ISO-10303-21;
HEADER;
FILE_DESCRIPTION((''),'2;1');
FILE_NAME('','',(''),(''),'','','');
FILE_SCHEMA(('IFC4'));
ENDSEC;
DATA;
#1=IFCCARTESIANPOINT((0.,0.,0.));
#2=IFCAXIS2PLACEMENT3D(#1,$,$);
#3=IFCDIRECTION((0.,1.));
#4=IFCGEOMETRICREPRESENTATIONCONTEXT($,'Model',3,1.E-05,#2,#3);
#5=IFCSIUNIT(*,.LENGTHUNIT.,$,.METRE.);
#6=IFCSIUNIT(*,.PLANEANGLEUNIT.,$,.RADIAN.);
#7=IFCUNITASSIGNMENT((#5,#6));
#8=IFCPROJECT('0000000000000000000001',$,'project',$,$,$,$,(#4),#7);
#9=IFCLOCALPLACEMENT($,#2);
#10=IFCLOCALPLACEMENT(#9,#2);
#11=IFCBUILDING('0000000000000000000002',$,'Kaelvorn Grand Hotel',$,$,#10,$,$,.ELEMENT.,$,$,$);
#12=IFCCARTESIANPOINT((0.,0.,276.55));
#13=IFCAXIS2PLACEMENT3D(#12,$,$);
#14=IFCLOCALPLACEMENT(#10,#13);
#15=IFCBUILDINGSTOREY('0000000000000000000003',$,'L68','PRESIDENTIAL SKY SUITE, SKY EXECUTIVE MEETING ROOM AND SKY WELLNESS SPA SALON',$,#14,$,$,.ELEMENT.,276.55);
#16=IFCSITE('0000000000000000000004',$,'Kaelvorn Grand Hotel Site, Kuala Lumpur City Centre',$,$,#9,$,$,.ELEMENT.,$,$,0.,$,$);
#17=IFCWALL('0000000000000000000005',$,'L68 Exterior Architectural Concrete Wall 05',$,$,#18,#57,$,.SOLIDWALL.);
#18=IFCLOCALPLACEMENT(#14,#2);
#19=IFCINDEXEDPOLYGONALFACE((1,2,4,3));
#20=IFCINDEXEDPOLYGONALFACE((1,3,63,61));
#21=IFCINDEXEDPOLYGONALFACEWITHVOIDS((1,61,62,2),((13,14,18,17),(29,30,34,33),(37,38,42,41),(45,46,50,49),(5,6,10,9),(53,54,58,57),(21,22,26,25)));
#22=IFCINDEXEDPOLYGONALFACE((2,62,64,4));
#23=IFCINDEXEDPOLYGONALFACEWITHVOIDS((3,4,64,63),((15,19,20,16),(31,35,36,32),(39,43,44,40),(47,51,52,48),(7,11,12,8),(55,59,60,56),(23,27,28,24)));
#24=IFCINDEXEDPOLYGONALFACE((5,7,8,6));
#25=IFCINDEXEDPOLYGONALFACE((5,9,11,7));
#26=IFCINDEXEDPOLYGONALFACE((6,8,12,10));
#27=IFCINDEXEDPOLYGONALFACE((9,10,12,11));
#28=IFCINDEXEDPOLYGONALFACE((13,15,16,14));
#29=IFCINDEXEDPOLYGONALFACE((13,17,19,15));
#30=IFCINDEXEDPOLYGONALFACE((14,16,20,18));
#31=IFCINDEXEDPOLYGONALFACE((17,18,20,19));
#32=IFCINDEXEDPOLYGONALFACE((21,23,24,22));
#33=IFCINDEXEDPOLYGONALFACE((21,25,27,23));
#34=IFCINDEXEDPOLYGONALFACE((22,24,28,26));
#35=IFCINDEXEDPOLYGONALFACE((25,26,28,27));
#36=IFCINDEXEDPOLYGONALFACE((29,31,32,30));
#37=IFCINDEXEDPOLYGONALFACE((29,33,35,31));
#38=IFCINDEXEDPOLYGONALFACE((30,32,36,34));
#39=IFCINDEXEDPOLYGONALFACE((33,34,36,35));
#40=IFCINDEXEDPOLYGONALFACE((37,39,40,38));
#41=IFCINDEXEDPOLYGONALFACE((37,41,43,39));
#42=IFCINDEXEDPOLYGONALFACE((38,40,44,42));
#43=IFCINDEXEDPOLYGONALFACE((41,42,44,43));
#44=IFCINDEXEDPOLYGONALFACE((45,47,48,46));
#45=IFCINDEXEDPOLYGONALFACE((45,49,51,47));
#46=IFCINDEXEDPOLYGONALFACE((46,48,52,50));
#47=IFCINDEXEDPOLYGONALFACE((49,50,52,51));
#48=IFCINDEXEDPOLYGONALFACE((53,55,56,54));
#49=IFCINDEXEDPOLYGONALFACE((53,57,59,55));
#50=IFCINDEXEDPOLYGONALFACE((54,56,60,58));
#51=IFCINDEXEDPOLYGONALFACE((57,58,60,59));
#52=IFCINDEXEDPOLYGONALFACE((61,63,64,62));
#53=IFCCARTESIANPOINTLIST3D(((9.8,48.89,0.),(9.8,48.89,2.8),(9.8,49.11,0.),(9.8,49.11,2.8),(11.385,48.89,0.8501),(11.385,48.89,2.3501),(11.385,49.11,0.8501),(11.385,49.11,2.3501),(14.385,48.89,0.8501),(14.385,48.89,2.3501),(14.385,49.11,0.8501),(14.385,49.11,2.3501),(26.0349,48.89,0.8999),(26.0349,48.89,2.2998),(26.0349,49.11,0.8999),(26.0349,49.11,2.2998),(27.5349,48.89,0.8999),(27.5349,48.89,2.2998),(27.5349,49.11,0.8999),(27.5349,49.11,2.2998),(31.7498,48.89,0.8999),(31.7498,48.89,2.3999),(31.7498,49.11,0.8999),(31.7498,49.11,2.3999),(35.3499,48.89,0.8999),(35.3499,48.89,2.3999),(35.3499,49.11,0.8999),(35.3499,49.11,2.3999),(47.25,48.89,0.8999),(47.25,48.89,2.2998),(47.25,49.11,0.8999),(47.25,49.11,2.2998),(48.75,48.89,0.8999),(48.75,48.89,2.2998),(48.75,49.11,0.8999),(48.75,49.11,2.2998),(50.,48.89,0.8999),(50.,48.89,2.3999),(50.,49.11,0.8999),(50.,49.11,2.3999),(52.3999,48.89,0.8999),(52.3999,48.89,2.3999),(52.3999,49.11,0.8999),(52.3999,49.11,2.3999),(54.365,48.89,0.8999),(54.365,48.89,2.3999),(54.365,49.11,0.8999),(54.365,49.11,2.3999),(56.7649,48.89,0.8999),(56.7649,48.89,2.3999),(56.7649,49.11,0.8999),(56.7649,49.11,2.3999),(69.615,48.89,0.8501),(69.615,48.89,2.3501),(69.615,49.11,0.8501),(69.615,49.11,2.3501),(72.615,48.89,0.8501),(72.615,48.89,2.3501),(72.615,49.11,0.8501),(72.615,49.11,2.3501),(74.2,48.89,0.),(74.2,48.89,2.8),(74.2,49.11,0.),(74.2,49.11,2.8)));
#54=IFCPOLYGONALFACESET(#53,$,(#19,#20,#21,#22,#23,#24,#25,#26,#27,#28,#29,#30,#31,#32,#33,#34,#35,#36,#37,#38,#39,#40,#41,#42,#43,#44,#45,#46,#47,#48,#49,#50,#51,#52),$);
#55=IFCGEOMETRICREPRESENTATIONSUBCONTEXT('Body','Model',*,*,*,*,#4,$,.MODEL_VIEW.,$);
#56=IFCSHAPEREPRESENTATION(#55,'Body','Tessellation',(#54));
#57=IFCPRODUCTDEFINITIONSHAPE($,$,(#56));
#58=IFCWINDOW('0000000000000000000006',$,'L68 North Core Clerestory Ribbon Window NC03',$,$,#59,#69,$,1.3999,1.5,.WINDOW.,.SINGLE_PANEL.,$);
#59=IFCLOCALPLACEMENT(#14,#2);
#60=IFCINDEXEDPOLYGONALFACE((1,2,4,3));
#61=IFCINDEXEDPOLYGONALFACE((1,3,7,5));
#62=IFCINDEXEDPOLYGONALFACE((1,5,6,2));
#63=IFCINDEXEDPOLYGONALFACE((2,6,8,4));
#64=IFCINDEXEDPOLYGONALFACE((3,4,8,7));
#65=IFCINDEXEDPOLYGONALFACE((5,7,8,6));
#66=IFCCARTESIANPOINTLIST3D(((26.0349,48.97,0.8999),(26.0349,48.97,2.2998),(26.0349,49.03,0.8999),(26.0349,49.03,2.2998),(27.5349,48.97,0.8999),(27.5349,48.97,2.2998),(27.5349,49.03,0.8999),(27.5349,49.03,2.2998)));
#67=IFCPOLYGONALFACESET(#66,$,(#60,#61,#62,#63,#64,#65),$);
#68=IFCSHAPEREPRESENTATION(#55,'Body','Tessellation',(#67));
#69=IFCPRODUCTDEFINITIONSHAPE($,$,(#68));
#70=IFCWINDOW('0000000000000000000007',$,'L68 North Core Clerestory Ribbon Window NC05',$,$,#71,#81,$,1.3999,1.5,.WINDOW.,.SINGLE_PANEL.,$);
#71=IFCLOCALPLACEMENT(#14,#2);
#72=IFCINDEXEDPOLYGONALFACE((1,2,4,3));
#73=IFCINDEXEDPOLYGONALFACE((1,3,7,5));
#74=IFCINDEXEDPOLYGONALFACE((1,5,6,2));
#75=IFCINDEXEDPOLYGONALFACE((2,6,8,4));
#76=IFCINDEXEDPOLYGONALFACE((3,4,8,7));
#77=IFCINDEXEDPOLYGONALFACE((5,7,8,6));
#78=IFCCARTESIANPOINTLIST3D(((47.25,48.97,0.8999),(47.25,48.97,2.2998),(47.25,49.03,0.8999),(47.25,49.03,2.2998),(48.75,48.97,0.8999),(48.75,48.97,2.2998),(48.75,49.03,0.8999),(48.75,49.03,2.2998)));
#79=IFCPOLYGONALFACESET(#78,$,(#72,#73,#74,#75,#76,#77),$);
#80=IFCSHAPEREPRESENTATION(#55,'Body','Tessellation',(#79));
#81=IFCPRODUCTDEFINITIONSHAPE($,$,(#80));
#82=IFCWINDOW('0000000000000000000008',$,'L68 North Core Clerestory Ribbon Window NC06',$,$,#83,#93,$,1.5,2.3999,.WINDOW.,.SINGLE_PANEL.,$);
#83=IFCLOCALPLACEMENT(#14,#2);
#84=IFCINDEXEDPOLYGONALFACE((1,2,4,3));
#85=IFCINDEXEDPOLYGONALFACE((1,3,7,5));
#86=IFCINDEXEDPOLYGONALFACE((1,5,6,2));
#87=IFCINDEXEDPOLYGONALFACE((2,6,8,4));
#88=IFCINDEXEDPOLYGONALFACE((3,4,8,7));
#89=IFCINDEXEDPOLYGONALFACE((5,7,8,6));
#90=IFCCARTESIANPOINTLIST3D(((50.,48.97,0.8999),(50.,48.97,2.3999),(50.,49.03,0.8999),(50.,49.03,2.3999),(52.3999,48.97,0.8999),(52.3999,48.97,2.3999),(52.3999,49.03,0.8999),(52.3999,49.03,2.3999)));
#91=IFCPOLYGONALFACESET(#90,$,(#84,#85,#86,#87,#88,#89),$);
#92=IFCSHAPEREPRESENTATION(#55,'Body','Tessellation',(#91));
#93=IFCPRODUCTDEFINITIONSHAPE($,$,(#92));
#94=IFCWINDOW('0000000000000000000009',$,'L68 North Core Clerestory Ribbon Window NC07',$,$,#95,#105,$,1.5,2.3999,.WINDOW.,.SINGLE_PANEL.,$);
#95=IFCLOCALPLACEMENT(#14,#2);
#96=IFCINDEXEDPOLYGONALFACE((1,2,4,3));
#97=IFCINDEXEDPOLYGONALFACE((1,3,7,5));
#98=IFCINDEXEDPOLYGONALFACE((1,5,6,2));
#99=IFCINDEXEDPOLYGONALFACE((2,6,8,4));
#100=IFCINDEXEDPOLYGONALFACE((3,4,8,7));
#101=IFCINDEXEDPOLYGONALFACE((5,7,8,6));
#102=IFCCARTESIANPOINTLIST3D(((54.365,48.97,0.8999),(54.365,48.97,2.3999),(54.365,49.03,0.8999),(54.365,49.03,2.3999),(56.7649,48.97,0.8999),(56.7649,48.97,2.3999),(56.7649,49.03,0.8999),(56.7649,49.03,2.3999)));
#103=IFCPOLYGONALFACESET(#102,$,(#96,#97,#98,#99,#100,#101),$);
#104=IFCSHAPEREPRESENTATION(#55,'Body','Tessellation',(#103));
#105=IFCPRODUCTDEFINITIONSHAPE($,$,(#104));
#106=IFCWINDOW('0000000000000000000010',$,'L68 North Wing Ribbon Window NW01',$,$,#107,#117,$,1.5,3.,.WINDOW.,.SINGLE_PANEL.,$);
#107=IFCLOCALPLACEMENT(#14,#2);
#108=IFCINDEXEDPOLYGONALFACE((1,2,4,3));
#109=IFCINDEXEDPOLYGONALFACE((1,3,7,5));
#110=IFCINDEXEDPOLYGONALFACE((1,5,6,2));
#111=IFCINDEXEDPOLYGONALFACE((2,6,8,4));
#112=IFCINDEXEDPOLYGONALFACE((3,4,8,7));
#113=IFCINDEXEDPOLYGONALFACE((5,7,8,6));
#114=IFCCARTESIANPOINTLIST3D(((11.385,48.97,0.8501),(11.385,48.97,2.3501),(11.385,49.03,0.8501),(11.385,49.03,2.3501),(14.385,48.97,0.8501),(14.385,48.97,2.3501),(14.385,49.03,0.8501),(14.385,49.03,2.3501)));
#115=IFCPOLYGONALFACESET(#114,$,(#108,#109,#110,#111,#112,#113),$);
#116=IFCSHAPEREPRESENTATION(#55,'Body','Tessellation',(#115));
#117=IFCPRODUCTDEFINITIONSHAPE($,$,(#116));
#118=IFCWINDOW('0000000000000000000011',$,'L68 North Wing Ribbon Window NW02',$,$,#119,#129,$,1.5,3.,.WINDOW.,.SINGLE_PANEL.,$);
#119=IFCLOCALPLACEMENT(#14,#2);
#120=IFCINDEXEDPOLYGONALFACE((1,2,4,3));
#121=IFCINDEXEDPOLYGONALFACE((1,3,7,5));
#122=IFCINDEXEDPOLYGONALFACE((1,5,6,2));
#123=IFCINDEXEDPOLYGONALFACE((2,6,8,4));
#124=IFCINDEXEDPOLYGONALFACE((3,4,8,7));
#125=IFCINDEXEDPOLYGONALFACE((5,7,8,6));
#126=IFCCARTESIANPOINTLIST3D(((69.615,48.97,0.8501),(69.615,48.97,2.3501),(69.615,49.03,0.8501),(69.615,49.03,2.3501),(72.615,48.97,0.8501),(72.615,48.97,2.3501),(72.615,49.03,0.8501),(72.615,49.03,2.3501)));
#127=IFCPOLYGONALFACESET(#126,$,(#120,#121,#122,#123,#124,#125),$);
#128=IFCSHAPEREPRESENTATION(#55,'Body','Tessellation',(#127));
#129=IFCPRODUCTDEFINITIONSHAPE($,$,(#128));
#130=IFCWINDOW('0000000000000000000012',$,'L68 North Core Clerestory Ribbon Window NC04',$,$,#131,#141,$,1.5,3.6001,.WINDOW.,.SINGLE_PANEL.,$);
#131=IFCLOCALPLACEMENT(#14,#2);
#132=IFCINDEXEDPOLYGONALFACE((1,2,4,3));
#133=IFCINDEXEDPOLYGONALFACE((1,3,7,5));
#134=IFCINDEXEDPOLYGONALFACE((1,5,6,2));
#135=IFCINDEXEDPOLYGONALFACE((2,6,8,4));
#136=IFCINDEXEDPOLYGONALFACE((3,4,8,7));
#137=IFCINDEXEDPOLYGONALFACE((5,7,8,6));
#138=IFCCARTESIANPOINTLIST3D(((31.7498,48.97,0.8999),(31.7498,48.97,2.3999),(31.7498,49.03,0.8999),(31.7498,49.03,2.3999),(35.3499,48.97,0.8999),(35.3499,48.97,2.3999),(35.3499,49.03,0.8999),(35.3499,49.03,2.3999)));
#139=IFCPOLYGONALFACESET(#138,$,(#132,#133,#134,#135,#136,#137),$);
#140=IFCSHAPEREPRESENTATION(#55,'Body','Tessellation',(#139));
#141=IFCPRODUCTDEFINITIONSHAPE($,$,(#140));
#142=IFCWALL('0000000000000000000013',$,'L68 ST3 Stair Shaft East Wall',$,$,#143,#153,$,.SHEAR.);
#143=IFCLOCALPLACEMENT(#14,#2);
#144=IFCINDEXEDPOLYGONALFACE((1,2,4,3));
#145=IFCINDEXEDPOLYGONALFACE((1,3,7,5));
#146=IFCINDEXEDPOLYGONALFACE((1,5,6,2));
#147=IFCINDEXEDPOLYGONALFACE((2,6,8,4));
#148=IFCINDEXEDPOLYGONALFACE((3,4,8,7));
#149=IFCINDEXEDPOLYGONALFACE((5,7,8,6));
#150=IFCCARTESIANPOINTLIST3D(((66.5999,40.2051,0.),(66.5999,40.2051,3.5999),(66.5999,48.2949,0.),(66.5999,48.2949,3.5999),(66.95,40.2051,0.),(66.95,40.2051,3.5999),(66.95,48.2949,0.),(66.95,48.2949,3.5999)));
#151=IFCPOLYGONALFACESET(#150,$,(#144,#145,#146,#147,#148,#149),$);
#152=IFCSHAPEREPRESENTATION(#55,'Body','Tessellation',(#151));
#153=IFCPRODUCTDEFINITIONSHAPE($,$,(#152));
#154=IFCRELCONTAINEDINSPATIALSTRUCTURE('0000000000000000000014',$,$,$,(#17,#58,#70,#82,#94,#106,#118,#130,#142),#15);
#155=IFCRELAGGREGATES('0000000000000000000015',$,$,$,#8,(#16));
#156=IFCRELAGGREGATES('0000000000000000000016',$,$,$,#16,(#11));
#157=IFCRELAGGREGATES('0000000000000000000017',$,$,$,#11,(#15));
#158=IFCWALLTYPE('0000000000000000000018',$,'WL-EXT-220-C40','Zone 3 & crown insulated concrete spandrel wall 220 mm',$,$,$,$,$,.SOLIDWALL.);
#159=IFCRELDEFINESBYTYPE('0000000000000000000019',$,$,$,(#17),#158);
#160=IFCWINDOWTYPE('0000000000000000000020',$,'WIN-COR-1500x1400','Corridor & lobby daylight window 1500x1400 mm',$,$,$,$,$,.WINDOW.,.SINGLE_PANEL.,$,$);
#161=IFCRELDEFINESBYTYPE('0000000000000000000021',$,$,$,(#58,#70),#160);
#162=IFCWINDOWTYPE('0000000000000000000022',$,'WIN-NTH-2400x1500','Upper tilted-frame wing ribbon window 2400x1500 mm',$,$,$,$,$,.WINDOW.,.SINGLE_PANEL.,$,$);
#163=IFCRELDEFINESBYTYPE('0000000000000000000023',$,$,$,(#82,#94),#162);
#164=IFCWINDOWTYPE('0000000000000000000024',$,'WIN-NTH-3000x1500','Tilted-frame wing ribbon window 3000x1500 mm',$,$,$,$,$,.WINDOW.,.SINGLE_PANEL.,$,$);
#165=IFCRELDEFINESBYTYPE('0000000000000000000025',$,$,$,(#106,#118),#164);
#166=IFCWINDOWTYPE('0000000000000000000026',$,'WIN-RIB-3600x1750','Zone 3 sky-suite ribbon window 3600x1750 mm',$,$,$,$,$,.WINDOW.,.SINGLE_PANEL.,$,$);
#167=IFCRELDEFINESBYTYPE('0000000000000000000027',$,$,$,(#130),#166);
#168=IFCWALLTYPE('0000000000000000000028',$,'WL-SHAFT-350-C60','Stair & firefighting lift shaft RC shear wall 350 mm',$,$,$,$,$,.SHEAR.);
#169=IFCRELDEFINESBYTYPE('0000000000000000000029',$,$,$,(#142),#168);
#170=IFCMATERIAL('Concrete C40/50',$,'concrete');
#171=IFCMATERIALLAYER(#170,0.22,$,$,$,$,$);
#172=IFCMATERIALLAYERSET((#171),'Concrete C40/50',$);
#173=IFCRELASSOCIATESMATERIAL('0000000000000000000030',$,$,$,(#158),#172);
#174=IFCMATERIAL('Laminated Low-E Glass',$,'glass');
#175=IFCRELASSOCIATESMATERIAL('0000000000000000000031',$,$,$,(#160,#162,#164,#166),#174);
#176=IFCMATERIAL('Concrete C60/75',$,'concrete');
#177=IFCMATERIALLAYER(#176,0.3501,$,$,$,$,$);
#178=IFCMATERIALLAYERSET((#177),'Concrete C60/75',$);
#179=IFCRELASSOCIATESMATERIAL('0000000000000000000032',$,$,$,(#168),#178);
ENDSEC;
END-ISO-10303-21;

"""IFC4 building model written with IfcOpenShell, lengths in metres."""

from ifc_helpers import new_model, si_unit, direction, frame, frame_2d, origin, place, context, subcontext, project, spatial, rectangle, extrude, material, layer, layer_set, type_object, element, fill, save


model = new_model("IFC4")

# Units and contexts
model_context = context("Model", 3, precision=1e-05, world=origin(), true_north=direction((0.0, 1.0)))
body_context = subcontext(model_context, "Body", "Model", "MODEL_VIEW")
ifc_project = project(units=[si_unit("LENGTHUNIT", "METRE"), si_unit("PLANEANGLEUNIT", "RADIAN")], contexts=[model_context])

# Site, building, storey
site_placement = place(None, origin())
site = spatial("IfcSite", under=ifc_project, at=site_placement, Name="Kaelvorn Grand Hotel Site, Kuala Lumpur City Centre", CompositionType="ELEMENT", RefElevation=0.0)
building_placement = place(site_placement, origin())
building = spatial("IfcBuilding", under=site, at=building_placement, Name="Kaelvorn Grand Hotel", CompositionType="ELEMENT")
storey_placement = place(building_placement, frame((0.0, 0.0, 276.55)))
storey = spatial("IfcBuildingStorey", under=building, at=storey_placement, Name="L68", Description="PRESIDENTIAL SKY SUITE, SKY EXECUTIVE MEETING ROOM AND SKY WELLNESS SPA SALON", CompositionType="ELEMENT", Elevation=276.55)

# Shared definitions
ifc_material_1 = material(Name="Concrete C60/75", Category="concrete")

# Shared definitions
ifc_material_2 = material(Name="Concrete C40/50", Category="concrete")
ifc_layer_1 = layer(ifc_material_2, 0.22)
ifc_layer_set_1 = layer_set([ifc_layer_1], Name="Concrete C40/50")
wall_type_1 = type_object("IfcWallType", Name="WL-EXT-220-C40", Description="Zone 3 & crown insulated concrete spandrel wall 220 mm", PredefinedType="SOLIDWALL", material=ifc_layer_set_1)
ifc_material_3 = material(Name="Laminated Low-E Glass", Category="glass")

# Wall, openings, windows
wall_1_placement = place(storey_placement, frame((74.2, 49.0, 0.0), z_axis=(0.0, 0.0, 1.0), x_axis=(-1.0, 0.0, 0.0)))
wall_1 = element("IfcWall", 1, at=wall_1_placement, inside=storey, type_object=wall_type_1, Name="L68 Exterior Architectural Concrete Wall 05", PredefinedType="SOLIDWALL", context=body_context, shape_type="SweptSolid", body=[
    extrude(rectangle(XDim=64.3999, YDim=0.22, at=frame_2d((32.2, 0.0))), origin(), (0.0, 0.0, 1.0), 2.8),
])
opening_1_placement = place(wall_1_placement, frame((59.8149, 0.0, 0.8501)))
opening_1 = element("IfcOpeningElement", 2, at=opening_1_placement, cuts=wall_1, PredefinedType="OPENING", context=body_context, shape_type="SweptSolid", body=[
    extrude(rectangle(XDim=3.0, YDim=1.5, at=frame_2d((1.5, 0.75))), frame((0.0, 0.1201, 0.0), z_axis=(0.0, -1.0, 0.0), x_axis=(1.0, 0.0, 0.0)), (0.0, 0.0, 1.0), 0.24),
])
opening_2_placement = place(wall_1_placement, frame((1.585, 0.0, 0.8501)))
opening_2 = element("IfcOpeningElement", 3, at=opening_2_placement, cuts=wall_1, PredefinedType="OPENING", context=body_context, shape_type="SweptSolid", body=[
    extrude(rectangle(XDim=3.0, YDim=1.5, at=frame_2d((1.5, 0.75))), frame((0.0, 0.1201, 0.0), z_axis=(0.0, -1.0, 0.0), x_axis=(1.0, 0.0, 0.0)), (0.0, 0.0, 1.0), 0.24),
])
opening_3_placement = place(wall_1_placement, frame((46.665, 0.0, 0.8999)))
opening_3 = element("IfcOpeningElement", 4, at=opening_3_placement, cuts=wall_1, PredefinedType="OPENING", context=body_context, shape_type="SweptSolid", body=[
    extrude(rectangle(XDim=1.5, YDim=1.3999, at=frame_2d((0.75, 0.7))), frame((0.0, 0.1201, 0.0), z_axis=(0.0, -1.0, 0.0), x_axis=(1.0, 0.0, 0.0)), (0.0, 0.0, 1.0), 0.24),
])
opening_4_placement = place(wall_1_placement, frame((38.8501, 0.0, 0.8999)))
opening_4 = element("IfcOpeningElement", 5, at=opening_4_placement, cuts=wall_1, PredefinedType="OPENING", context=body_context, shape_type="SweptSolid", body=[
    extrude(rectangle(XDim=3.6001, YDim=1.5, at=frame_2d((1.8, 0.75))), frame((0.0, 0.1201, 0.0), z_axis=(0.0, -1.0, 0.0), x_axis=(1.0, 0.0, 0.0)), (0.0, 0.0, 1.0), 0.24),
])
opening_5_placement = place(wall_1_placement, frame((25.45, 0.0, 0.8999)))
opening_5 = element("IfcOpeningElement", 6, at=opening_5_placement, cuts=wall_1, PredefinedType="OPENING", context=body_context, shape_type="SweptSolid", body=[
    extrude(rectangle(XDim=1.5, YDim=1.3999, at=frame_2d((0.75, 0.7))), frame((0.0, 0.1201, 0.0), z_axis=(0.0, -1.0, 0.0), x_axis=(1.0, 0.0, 0.0)), (0.0, 0.0, 1.0), 0.24),
])
opening_6_placement = place(wall_1_placement, frame((21.8, 0.0, 0.8999)))
opening_6 = element("IfcOpeningElement", 7, at=opening_6_placement, cuts=wall_1, PredefinedType="OPENING", context=body_context, shape_type="SweptSolid", body=[
    extrude(rectangle(XDim=2.3999, YDim=1.5, at=frame_2d((1.2, 0.75))), frame((0.0, 0.1201, 0.0), z_axis=(0.0, -1.0, 0.0), x_axis=(1.0, 0.0, 0.0)), (0.0, 0.0, 1.0), 0.24),
])
opening_7_placement = place(wall_1_placement, frame((17.4351, 0.0, 0.8999)))
opening_7 = element("IfcOpeningElement", 8, at=opening_7_placement, cuts=wall_1, PredefinedType="OPENING", context=body_context, shape_type="SweptSolid", body=[
    extrude(rectangle(XDim=2.3999, YDim=1.5, at=frame_2d((1.2, 0.75))), frame((0.0, 0.1201, 0.0), z_axis=(0.0, -1.0, 0.0), x_axis=(1.0, 0.0, 0.0)), (0.0, 0.0, 1.0), 0.24),
])
window_type_1 = type_object("IfcWindowType", Name="WIN-COR-1500x1400", Description="Corridor & lobby daylight window 1500x1400 mm", PartitioningType="SINGLE_PANEL", PredefinedType="WINDOW", material=ifc_material_3)
window_1_placement = place(opening_3_placement, origin())
window_1 = element("IfcWindow", 9, at=window_1_placement, inside=storey, type_object=window_type_1, Name="L68 North Core Clerestory Ribbon Window NC03", OverallHeight=1.3999, OverallWidth=1.5, PartitioningType="SINGLE_PANEL", PredefinedType="WINDOW", context=body_context, shape_type="SweptSolid", body=[
    extrude(rectangle(XDim=1.5, YDim=1.3999, at=frame_2d((0.75, 0.7))), frame((0.0, 0.03, 0.0), z_axis=(0.0, -1.0, 0.0), x_axis=(1.0, 0.0, 0.0)), (0.0, 0.0, 1.0), 0.0601),
])
fill(opening_3, window_1)
window_2_placement = place(opening_5_placement, origin())
window_2 = element("IfcWindow", 10, at=window_2_placement, inside=storey, type_object=window_type_1, Name="L68 North Core Clerestory Ribbon Window NC05", OverallHeight=1.3999, OverallWidth=1.5, PartitioningType="SINGLE_PANEL", PredefinedType="WINDOW", context=body_context, shape_type="SweptSolid", body=[
    extrude(rectangle(XDim=1.5, YDim=1.3999, at=frame_2d((0.75, 0.7))), frame((0.0, 0.03, 0.0), z_axis=(0.0, -1.0, 0.0), x_axis=(1.0, 0.0, 0.0)), (0.0, 0.0, 1.0), 0.0601),
])
fill(opening_5, window_2)
window_type_2 = type_object("IfcWindowType", Name="WIN-NTH-2400x1500", Description="Upper tilted-frame wing ribbon window 2400x1500 mm", PartitioningType="SINGLE_PANEL", PredefinedType="WINDOW", material=ifc_material_3)
window_3_placement = place(opening_6_placement, origin())
window_3 = element("IfcWindow", 11, at=window_3_placement, inside=storey, type_object=window_type_2, Name="L68 North Core Clerestory Ribbon Window NC06", OverallHeight=1.5, OverallWidth=2.3999, PartitioningType="SINGLE_PANEL", PredefinedType="WINDOW", context=body_context, shape_type="SweptSolid", body=[
    extrude(rectangle(XDim=2.3999, YDim=1.5, at=frame_2d((1.2, 0.75))), frame((0.0, 0.03, 0.0), z_axis=(0.0, -1.0, 0.0), x_axis=(1.0, 0.0, 0.0)), (0.0, 0.0, 1.0), 0.0601),
])
fill(opening_6, window_3)
window_4_placement = place(opening_7_placement, origin())
window_4 = element("IfcWindow", 12, at=window_4_placement, inside=storey, type_object=window_type_2, Name="L68 North Core Clerestory Ribbon Window NC07", OverallHeight=1.5, OverallWidth=2.3999, PartitioningType="SINGLE_PANEL", PredefinedType="WINDOW", context=body_context, shape_type="SweptSolid", body=[
    extrude(rectangle(XDim=2.3999, YDim=1.5, at=frame_2d((1.2, 0.75))), frame((0.0, 0.03, 0.0), z_axis=(0.0, -1.0, 0.0), x_axis=(1.0, 0.0, 0.0)), (0.0, 0.0, 1.0), 0.0601),
])
fill(opening_7, window_4)
window_type_3 = type_object("IfcWindowType", Name="WIN-NTH-3000x1500", Description="Tilted-frame wing ribbon window 3000x1500 mm", PartitioningType="SINGLE_PANEL", PredefinedType="WINDOW", material=ifc_material_3)
window_5_placement = place(opening_1_placement, origin())
window_5 = element("IfcWindow", 13, at=window_5_placement, inside=storey, type_object=window_type_3, Name="L68 North Wing Ribbon Window NW01", OverallHeight=1.5, OverallWidth=3.0, PartitioningType="SINGLE_PANEL", PredefinedType="WINDOW", context=body_context, shape_type="SweptSolid", body=[
    extrude(rectangle(XDim=3.0, YDim=1.5, at=frame_2d((1.5, 0.75))), frame((0.0, 0.03, 0.0), z_axis=(0.0, -1.0, 0.0), x_axis=(1.0, 0.0, 0.0)), (0.0, 0.0, 1.0), 0.0601),
])
fill(opening_1, window_5)
window_6_placement = place(opening_2_placement, origin())
window_6 = element("IfcWindow", 14, at=window_6_placement, inside=storey, type_object=window_type_3, Name="L68 North Wing Ribbon Window NW02", OverallHeight=1.5, OverallWidth=3.0, PartitioningType="SINGLE_PANEL", PredefinedType="WINDOW", context=body_context, shape_type="SweptSolid", body=[
    extrude(rectangle(XDim=3.0, YDim=1.5, at=frame_2d((1.5, 0.75))), frame((0.0, 0.03, 0.0), z_axis=(0.0, -1.0, 0.0), x_axis=(1.0, 0.0, 0.0)), (0.0, 0.0, 1.0), 0.0601),
])
fill(opening_2, window_6)
window_type_4 = type_object("IfcWindowType", Name="WIN-RIB-3600x1750", Description="Zone 3 sky-suite ribbon window 3600x1750 mm", PartitioningType="SINGLE_PANEL", PredefinedType="WINDOW", material=ifc_material_3)
window_7_placement = place(opening_4_placement, origin())
window_7 = element("IfcWindow", 15, at=window_7_placement, inside=storey, type_object=window_type_4, Name="L68 North Core Clerestory Ribbon Window NC04", OverallHeight=1.5, OverallWidth=3.6001, PartitioningType="SINGLE_PANEL", PredefinedType="WINDOW", context=body_context, shape_type="SweptSolid", body=[
    extrude(rectangle(XDim=3.6001, YDim=1.5, at=frame_2d((1.8, 0.75))), frame((0.0, 0.03, 0.0), z_axis=(0.0, -1.0, 0.0), x_axis=(1.0, 0.0, 0.0)), (0.0, 0.0, 1.0), 0.0601),
])
fill(opening_4, window_7)

# Wall
ifc_layer_2 = layer(ifc_material_1, 0.3501)
ifc_layer_set_2 = layer_set([ifc_layer_2], Name="Concrete C60/75")
wall_type_2 = type_object("IfcWallType", Name="WL-SHAFT-350-C60", Description="Stair & firefighting lift shaft RC shear wall 350 mm", PredefinedType="SHEAR", material=ifc_layer_set_2)
wall_2_placement = place(storey_placement, frame((66.7749, 40.2051, 0.0), z_axis=(0.0, 0.0, 1.0), x_axis=(0.0, 1.0, 0.0)))
element("IfcWall", 16, at=wall_2_placement, inside=storey, type_object=wall_type_2, Name="L68 ST3 Stair Shaft East Wall", PredefinedType="SHEAR", context=body_context, shape_type="SweptSolid", body=[
    extrude(rectangle(XDim=8.0898, YDim=0.3501, at=frame_2d((4.0449, 0.0))), origin(), (0.0, 0.0, 1.0), 3.5999),
])

save(model, "model.ifc")
